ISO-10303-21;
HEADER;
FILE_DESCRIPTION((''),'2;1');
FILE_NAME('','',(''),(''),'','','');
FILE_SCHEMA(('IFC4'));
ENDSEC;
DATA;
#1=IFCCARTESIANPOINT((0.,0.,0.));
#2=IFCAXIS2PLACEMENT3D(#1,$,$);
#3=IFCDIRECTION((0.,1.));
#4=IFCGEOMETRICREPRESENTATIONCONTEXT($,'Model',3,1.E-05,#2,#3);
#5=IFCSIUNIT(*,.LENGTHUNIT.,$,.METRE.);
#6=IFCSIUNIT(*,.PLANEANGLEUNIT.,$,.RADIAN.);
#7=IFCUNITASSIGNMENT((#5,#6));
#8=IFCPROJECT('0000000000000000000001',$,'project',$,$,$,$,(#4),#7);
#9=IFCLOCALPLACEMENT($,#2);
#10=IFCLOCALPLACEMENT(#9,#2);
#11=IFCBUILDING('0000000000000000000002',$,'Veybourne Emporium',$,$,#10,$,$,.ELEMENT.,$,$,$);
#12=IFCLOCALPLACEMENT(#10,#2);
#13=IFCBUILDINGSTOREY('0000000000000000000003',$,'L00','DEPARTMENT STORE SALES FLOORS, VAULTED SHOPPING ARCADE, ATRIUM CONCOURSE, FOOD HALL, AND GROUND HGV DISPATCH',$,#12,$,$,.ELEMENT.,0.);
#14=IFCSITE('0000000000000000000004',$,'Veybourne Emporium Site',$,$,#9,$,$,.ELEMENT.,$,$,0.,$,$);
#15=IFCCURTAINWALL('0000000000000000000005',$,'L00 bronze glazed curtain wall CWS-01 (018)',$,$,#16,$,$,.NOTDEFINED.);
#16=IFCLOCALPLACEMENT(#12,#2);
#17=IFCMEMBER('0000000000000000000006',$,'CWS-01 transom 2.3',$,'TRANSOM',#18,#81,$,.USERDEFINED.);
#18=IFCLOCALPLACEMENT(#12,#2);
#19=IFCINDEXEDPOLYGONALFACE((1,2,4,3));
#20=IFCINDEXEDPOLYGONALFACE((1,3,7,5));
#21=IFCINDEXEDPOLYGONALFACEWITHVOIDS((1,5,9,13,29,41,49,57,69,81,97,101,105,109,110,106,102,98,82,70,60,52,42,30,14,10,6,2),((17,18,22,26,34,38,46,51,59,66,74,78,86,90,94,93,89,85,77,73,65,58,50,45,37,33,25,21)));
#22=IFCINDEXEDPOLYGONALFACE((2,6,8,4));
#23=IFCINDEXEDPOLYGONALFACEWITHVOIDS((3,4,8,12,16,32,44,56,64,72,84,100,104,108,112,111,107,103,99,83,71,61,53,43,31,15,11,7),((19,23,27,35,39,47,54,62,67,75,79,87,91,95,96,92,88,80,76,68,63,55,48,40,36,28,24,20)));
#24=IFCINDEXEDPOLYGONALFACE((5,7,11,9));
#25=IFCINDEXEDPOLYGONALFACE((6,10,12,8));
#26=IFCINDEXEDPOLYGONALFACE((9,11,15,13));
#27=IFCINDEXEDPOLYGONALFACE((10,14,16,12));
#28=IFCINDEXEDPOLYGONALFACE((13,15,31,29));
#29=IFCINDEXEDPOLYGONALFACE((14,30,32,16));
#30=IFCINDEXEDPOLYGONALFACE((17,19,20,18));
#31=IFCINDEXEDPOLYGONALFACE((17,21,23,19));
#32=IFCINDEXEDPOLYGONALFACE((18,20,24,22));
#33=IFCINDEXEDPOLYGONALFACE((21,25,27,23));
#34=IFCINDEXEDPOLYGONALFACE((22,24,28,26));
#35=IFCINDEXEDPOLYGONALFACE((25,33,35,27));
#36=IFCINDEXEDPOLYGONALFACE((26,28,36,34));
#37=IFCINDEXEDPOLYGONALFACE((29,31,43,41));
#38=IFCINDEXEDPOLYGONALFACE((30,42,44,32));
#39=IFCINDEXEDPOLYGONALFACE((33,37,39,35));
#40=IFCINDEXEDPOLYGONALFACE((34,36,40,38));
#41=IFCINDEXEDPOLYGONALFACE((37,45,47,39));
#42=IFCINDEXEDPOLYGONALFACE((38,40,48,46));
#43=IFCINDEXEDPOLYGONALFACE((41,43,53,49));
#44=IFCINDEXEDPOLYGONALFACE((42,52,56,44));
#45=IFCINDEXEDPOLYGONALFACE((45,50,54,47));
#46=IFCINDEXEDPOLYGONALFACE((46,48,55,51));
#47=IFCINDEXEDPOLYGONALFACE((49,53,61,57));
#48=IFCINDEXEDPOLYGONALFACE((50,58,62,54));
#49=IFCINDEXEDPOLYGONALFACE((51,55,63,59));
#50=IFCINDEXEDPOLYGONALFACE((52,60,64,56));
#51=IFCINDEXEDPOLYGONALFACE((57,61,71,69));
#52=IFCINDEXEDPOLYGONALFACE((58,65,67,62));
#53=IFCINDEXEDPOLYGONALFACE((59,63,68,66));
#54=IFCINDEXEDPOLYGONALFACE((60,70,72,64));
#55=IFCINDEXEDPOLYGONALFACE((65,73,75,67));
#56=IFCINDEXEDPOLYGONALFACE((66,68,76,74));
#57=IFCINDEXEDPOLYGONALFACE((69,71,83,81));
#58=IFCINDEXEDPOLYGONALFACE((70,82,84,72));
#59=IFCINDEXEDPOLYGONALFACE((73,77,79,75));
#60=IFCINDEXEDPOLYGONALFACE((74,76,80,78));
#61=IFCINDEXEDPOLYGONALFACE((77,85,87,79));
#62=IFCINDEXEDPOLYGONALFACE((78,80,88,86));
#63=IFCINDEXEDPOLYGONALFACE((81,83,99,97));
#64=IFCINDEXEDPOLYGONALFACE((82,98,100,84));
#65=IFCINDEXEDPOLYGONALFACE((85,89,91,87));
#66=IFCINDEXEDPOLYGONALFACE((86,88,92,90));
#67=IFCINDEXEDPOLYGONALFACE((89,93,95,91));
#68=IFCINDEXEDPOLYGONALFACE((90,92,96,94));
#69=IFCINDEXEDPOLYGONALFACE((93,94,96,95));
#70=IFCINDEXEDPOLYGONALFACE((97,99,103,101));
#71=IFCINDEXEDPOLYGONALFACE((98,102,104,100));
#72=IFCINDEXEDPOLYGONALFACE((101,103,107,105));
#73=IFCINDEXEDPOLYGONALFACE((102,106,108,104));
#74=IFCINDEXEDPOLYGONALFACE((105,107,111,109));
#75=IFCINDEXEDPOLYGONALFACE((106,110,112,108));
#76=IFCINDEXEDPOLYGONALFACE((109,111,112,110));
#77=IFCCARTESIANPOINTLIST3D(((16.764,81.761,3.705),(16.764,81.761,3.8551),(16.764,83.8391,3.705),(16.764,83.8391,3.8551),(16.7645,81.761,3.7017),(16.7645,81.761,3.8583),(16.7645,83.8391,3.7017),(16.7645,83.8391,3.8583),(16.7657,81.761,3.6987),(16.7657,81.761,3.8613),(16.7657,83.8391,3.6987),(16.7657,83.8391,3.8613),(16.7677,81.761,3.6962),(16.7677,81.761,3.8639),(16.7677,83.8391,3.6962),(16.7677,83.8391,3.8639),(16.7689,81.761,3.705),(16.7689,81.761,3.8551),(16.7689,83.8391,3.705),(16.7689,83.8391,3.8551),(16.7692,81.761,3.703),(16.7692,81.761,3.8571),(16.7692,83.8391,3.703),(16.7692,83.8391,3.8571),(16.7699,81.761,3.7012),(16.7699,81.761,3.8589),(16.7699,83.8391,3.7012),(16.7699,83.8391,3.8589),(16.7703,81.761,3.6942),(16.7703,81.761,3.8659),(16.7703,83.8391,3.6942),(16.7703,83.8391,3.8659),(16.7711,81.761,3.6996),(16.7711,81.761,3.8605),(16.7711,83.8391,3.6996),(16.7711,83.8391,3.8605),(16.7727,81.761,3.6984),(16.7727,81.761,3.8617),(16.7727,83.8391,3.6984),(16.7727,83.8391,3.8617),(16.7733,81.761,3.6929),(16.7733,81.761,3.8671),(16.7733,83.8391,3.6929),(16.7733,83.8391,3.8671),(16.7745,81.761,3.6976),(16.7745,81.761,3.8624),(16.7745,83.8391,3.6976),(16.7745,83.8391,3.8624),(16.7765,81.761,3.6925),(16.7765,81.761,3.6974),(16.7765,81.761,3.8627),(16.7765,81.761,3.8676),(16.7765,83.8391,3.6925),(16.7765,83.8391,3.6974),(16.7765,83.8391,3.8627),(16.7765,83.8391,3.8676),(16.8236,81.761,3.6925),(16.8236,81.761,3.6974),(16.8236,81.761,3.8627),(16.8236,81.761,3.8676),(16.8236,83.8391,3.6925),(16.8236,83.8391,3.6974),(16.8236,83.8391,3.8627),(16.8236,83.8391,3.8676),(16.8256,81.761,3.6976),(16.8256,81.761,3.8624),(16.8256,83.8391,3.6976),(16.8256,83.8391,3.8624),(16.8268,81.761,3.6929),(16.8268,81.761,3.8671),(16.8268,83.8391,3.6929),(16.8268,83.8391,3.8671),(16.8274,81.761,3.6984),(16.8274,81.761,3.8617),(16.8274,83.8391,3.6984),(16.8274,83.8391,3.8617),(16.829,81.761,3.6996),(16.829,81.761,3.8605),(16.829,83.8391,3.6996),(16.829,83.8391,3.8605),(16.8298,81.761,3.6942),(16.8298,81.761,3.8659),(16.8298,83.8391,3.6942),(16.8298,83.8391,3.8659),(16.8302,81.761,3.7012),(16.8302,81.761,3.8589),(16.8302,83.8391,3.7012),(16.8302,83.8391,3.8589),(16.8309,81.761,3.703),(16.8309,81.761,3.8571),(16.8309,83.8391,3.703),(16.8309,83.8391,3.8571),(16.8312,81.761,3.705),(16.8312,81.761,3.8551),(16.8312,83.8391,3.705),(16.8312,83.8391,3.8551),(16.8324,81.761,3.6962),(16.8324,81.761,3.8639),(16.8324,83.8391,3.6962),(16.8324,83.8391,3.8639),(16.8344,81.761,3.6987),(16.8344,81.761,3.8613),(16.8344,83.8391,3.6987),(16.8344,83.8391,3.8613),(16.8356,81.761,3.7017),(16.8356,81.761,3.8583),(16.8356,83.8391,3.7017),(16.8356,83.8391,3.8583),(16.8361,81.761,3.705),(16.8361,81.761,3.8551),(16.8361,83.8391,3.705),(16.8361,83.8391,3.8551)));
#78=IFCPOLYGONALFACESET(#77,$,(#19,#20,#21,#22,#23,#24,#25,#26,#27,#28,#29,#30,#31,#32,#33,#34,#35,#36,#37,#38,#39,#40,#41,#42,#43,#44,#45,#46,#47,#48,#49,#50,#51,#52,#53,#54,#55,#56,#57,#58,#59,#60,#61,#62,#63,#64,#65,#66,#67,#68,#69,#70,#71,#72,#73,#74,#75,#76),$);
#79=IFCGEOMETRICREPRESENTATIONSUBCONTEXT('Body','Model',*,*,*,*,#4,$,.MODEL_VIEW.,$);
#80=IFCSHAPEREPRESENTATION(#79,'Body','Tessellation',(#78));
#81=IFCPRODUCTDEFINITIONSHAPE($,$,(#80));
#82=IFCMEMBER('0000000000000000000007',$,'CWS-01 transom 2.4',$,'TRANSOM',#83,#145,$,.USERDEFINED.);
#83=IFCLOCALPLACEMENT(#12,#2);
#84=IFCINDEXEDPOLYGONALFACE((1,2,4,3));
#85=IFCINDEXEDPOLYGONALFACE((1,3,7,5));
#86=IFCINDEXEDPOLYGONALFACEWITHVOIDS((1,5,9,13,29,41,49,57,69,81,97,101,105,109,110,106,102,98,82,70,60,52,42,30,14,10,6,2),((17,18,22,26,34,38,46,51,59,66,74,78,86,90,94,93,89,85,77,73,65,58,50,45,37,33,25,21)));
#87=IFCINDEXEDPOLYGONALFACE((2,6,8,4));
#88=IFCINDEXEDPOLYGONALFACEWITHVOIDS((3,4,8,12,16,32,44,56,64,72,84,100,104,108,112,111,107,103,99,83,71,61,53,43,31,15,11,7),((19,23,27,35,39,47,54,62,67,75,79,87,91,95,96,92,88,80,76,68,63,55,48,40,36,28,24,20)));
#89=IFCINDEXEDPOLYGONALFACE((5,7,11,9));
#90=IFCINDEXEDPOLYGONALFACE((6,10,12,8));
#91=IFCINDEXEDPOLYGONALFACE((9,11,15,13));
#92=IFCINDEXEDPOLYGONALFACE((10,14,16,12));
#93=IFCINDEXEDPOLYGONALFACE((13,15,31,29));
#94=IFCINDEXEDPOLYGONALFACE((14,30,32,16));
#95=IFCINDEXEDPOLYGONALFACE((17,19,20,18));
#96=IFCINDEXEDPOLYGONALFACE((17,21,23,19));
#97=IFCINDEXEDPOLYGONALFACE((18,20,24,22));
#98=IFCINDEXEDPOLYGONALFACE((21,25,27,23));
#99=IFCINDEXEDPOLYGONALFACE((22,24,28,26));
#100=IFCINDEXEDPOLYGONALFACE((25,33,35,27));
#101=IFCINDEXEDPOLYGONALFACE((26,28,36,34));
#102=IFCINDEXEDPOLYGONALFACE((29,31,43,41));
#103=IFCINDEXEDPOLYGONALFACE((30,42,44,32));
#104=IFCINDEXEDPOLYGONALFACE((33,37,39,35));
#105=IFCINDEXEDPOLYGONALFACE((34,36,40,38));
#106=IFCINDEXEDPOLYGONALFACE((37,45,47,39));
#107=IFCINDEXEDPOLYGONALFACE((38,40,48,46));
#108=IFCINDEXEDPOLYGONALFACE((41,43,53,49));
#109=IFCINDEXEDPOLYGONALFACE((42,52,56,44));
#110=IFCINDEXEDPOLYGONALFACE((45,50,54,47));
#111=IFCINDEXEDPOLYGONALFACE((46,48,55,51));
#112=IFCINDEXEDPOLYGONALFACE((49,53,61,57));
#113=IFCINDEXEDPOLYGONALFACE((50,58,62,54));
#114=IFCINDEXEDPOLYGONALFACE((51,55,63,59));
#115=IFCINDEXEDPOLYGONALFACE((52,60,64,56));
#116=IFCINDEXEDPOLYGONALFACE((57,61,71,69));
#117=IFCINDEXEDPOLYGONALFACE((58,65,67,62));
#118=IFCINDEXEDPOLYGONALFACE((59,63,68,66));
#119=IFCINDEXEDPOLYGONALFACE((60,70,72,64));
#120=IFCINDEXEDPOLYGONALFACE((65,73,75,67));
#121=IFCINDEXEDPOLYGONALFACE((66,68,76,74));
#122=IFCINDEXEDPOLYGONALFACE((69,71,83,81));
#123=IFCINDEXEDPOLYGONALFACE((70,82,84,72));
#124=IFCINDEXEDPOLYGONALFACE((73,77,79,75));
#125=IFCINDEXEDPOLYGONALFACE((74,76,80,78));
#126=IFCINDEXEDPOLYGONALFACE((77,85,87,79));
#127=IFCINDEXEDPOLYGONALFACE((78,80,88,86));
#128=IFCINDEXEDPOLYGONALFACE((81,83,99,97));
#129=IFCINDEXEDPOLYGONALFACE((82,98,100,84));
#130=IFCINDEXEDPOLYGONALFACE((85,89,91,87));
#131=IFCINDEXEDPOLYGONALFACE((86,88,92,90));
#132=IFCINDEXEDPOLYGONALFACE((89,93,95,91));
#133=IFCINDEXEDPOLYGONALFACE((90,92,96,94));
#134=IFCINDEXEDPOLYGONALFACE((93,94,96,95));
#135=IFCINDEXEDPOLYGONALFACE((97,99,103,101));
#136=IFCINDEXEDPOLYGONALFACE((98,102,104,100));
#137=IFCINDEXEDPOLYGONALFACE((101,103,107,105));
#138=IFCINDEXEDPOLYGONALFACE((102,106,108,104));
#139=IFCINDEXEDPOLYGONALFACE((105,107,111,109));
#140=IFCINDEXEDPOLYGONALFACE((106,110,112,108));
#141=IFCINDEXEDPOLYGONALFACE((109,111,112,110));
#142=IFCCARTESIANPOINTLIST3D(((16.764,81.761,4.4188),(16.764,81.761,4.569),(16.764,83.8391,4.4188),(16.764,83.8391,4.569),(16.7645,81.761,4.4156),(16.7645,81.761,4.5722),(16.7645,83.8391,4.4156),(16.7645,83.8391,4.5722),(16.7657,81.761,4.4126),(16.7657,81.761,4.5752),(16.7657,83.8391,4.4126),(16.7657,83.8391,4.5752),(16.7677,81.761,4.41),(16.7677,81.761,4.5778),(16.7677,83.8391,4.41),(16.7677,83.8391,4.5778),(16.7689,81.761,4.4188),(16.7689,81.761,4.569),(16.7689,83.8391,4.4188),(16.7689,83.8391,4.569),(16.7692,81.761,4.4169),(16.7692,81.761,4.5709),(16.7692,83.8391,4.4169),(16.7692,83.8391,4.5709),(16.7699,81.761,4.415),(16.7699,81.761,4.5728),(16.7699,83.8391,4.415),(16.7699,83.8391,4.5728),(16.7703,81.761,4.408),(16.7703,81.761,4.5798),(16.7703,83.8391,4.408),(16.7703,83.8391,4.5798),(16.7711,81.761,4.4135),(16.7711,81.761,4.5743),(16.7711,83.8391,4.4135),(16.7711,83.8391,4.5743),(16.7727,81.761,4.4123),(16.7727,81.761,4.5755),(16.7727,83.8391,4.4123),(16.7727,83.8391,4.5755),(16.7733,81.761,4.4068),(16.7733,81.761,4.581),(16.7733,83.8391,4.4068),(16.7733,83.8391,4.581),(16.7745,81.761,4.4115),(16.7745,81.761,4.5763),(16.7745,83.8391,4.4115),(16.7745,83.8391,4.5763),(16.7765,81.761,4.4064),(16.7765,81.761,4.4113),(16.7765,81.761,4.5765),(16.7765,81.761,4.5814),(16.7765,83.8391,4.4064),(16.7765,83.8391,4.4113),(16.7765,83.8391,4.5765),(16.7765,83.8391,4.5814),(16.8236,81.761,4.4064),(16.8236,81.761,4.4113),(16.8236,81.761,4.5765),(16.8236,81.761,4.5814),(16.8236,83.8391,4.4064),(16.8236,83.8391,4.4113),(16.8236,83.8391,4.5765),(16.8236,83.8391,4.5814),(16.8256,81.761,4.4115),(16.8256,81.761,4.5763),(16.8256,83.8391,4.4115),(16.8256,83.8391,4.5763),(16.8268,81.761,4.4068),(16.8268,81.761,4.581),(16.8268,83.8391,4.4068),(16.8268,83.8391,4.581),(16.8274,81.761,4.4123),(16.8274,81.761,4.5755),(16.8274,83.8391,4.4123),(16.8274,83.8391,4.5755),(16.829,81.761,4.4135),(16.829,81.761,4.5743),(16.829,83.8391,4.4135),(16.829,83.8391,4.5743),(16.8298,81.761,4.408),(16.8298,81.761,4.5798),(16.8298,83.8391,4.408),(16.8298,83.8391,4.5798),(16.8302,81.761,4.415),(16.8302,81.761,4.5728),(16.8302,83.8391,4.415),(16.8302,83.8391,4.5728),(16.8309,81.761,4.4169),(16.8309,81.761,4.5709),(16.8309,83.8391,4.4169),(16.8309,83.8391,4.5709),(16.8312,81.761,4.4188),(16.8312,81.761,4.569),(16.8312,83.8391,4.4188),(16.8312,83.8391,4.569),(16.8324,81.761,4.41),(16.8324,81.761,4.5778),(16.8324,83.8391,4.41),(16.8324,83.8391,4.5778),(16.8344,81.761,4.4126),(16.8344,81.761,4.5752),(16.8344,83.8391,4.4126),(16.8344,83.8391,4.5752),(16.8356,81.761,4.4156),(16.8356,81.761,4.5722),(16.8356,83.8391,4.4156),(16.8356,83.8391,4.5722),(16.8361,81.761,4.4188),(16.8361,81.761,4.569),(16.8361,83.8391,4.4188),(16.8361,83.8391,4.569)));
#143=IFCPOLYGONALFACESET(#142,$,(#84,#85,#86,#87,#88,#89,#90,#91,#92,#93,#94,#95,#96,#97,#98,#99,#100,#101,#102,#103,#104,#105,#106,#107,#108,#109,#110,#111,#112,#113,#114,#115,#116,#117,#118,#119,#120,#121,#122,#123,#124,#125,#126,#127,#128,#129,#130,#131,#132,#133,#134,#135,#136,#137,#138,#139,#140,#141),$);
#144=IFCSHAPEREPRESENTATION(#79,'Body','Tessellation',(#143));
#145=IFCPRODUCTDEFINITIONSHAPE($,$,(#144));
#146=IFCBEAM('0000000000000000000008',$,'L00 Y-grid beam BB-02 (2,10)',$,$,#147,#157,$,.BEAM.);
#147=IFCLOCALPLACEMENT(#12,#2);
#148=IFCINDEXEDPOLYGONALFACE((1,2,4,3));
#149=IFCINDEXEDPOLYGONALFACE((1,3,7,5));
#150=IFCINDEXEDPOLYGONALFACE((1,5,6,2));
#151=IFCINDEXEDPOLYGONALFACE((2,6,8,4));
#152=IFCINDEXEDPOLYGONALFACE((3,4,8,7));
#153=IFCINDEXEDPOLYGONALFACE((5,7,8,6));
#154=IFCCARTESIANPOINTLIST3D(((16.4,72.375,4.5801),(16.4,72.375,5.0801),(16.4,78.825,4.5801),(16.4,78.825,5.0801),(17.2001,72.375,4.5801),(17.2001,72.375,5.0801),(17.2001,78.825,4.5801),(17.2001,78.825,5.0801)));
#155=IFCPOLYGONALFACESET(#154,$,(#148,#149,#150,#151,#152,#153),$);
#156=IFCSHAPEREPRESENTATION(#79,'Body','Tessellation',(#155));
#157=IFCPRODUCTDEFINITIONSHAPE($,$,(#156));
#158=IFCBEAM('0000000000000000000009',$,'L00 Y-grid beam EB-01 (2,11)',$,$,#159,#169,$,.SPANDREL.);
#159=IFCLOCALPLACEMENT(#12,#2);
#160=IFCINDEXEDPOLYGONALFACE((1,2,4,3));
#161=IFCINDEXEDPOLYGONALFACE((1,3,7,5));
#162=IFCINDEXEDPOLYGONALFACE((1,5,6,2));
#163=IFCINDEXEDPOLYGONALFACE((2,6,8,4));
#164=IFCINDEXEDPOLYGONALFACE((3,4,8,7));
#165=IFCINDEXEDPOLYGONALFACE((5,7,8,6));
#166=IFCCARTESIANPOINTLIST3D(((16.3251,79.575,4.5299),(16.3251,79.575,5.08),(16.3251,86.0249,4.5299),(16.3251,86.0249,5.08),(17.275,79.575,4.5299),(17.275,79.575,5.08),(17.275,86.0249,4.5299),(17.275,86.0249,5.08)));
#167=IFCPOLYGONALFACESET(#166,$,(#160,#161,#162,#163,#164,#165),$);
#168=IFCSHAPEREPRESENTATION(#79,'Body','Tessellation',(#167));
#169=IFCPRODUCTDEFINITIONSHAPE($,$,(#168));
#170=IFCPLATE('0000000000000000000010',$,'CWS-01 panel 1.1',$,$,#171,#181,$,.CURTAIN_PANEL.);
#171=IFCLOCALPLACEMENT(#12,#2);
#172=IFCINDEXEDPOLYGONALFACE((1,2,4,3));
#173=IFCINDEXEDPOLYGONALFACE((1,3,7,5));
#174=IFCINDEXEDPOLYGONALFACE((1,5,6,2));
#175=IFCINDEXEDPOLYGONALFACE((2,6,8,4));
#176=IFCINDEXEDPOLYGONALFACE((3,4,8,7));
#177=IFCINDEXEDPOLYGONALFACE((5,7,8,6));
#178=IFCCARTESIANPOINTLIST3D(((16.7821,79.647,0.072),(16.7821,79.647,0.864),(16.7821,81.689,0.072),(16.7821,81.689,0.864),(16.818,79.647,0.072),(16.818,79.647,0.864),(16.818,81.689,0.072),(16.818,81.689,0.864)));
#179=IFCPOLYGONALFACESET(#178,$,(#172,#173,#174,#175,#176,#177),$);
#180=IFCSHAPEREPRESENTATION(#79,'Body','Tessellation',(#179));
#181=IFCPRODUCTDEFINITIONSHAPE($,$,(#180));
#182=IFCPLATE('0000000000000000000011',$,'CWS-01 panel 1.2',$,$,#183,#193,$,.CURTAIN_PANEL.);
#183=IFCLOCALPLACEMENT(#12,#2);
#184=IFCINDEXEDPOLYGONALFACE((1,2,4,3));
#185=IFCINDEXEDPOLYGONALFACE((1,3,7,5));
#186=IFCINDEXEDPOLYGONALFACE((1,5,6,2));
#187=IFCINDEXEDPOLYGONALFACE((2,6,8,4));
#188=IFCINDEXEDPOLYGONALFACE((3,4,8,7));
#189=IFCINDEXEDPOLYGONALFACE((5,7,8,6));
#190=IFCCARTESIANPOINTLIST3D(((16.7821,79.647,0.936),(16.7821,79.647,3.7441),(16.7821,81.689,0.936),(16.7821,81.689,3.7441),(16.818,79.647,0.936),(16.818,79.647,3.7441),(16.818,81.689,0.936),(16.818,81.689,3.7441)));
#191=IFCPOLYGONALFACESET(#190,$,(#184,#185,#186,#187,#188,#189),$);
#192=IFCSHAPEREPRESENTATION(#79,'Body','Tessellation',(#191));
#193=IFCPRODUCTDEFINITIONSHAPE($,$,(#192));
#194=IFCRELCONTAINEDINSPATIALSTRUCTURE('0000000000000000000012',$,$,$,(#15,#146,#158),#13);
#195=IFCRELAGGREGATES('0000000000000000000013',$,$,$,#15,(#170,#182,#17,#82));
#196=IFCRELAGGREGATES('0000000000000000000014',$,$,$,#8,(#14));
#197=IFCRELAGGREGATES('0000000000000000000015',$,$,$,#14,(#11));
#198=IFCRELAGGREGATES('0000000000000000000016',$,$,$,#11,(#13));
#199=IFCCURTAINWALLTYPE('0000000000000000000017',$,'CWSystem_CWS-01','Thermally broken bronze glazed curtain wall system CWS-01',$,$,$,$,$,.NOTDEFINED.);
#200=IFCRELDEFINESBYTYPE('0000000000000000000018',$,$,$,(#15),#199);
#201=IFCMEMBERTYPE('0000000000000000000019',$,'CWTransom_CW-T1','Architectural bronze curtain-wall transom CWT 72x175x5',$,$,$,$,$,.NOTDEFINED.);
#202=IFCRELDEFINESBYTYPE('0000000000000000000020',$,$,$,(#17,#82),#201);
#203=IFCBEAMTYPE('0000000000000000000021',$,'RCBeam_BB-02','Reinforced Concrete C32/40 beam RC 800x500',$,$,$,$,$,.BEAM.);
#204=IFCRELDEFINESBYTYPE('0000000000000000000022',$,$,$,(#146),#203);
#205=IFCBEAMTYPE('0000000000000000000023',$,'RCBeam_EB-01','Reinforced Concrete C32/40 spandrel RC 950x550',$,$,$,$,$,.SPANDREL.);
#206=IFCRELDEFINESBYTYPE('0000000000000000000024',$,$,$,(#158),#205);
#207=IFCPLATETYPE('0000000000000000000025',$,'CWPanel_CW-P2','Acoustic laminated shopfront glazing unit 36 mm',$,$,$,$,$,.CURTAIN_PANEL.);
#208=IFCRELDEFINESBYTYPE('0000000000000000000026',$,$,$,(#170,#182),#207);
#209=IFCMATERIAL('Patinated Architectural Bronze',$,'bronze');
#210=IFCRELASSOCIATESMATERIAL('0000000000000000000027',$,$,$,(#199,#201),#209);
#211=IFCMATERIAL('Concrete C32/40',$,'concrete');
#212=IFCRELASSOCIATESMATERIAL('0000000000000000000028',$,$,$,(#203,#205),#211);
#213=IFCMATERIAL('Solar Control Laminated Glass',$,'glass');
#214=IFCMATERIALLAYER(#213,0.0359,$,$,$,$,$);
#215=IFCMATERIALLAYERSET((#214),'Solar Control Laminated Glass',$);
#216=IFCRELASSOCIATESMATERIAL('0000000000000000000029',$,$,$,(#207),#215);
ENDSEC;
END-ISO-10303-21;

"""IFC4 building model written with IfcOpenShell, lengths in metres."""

from ifc_helpers import new_model, si_unit, direction, frame, origin, origin_2d, place, context, subcontext, project, spatial, rectangle, hollow_rectangle, extrude, material, layer, layer_set, material_profile, profile_set, type_object, element, aggregate, save


model = new_model("IFC4")

# Units and contexts
model_context = context("Model", 3, precision=1e-05, world=origin(), true_north=direction((0.0, 1.0)))
body_context = subcontext(model_context, "Body", "Model", "MODEL_VIEW")
ifc_project = project(units=[si_unit("LENGTHUNIT", "METRE"), si_unit("PLANEANGLEUNIT", "RADIAN")], contexts=[model_context])

# Site, building, storey
site_placement = place(None, origin())
site = spatial("IfcSite", under=ifc_project, at=site_placement, Name="Veybourne Emporium Site", CompositionType="ELEMENT", RefElevation=0.0)
building_placement = place(site_placement, origin())
building = spatial("IfcBuilding", under=site, at=building_placement, Name="Veybourne Emporium", CompositionType="ELEMENT")
storey_placement = place(building_placement, origin())
storey = spatial("IfcBuildingStorey", under=building, at=storey_placement, Name="L00", Description="DEPARTMENT STORE SALES FLOORS, VAULTED SHOPPING ARCADE, ATRIUM CONCOURSE, FOOD HALL, AND GROUND HGV DISPATCH", CompositionType="ELEMENT", Elevation=0.0)

# Curtain wall, members
ifc_material_1 = material(Name="Patinated Architectural Bronze", Category="bronze")
curtain_wall_type = type_object("IfcCurtainWallType", Name="CWSystem_CWS-01", Description="Thermally broken bronze glazed curtain wall system CWS-01", PredefinedType="NOTDEFINED", material=ifc_material_1)
curtain_wall_placement = place(storey_placement, origin())
curtain_wall = element("IfcCurtainWall", 1, at=curtain_wall_placement, inside=storey, type_object=curtain_wall_type, Name="L00 bronze glazed curtain wall CWS-01 (018)", PredefinedType="NOTDEFINED")
ifc_material_profile_1 = material_profile(ifc_material_1, hollow_rectangle(XDim=0.072, YDim=0.175, WallThickness=0.0049, InnerFilletRadius=0.0076, OuterFilletRadius=0.0125, at=origin_2d()), Name="CWT 72x175x5")
ifc_profile_set_1 = profile_set([ifc_material_profile_1], Name="Patinated Architectural Bronze")
member_type_1 = type_object("IfcMemberType", Name="CWTransom_CW-T1", Description="Architectural bronze curtain-wall transom CWT 72x175x5", PredefinedType="NOTDEFINED", material=ifc_profile_set_1)
member_1_placement = place(storey_placement, frame((16.8, 81.761, 3.78), z_axis=(0.0, 1.0, 0.0), x_axis=(-1.0, 0.0, 0.0)))
member_1 = element("IfcMember", 2, at=member_1_placement, type_object=member_type_1, Name="CWS-01 transom 2.3", ObjectType="TRANSOM", PredefinedType="USERDEFINED", context=body_context, shape_type="SweptSolid", body=[
    extrude(hollow_rectangle(XDim=0.072, YDim=0.175, WallThickness=0.0049, InnerFilletRadius=0.0076, OuterFilletRadius=0.0125, at=origin_2d()), origin(), (0.0, 0.0, 1.0), 2.0781),
])
member_2_placement = place(storey_placement, frame((16.8, 81.761, 4.4939), z_axis=(0.0, 1.0, 0.0), x_axis=(-1.0, 0.0, 0.0)))
member_2 = element("IfcMember", 3, at=member_2_placement, type_object=member_type_1, Name="CWS-01 transom 2.4", ObjectType="TRANSOM", PredefinedType="USERDEFINED", context=body_context, shape_type="SweptSolid", body=[
    extrude(hollow_rectangle(XDim=0.072, YDim=0.175, WallThickness=0.0049, InnerFilletRadius=0.0076, OuterFilletRadius=0.0125, at=origin_2d()), origin(), (0.0, 0.0, 1.0), 2.0781),
])

# Beams
ifc_material_2 = material(Name="Concrete C32/40", Category="concrete")
ifc_material_profile_2 = material_profile(ifc_material_2, rectangle(XDim=0.8, YDim=0.5, at=origin_2d()), Name="RC 800x500")
ifc_profile_set_2 = profile_set([ifc_material_profile_2], Name="Concrete C32/40")
beam_type_1 = type_object("IfcBeamType", Name="RCBeam_BB-02", Description="Reinforced Concrete C32/40 beam RC 800x500", PredefinedType="BEAM", material=ifc_profile_set_2)
beam_1_placement = place(storey_placement, frame((16.8, 72.375, 4.8301), z_axis=(0.0, 1.0, 0.0), x_axis=(-1.0, 0.0, 0.0)))
element("IfcBeam", 4, at=beam_1_placement, inside=storey, type_object=beam_type_1, Name="L00 Y-grid beam BB-02 (2,10)", PredefinedType="BEAM", context=body_context, shape_type="SweptSolid", body=[
    extrude(rectangle(XDim=0.8, YDim=0.5, at=origin_2d()), origin(), (0.0, 0.0, 1.0), 6.45),
])
ifc_material_profile_3 = material_profile(ifc_material_2, rectangle(XDim=0.95, YDim=0.55, at=origin_2d()), Name="RC 950x550")
ifc_profile_set_3 = profile_set([ifc_material_profile_3], Name="Concrete C32/40")
beam_type_2 = type_object("IfcBeamType", Name="RCBeam_EB-01", Description="Reinforced Concrete C32/40 spandrel RC 950x550", PredefinedType="SPANDREL", material=ifc_profile_set_3)
beam_2_placement = place(storey_placement, frame((16.8, 79.575, 4.8049), z_axis=(0.0, 1.0, 0.0), x_axis=(-1.0, 0.0, 0.0)))
element("IfcBeam", 5, at=beam_2_placement, inside=storey, type_object=beam_type_2, Name="L00 Y-grid beam EB-01 (2,11)", PredefinedType="SPANDREL", context=body_context, shape_type="SweptSolid", body=[
    extrude(rectangle(XDim=0.95, YDim=0.55, at=origin_2d()), origin(), (0.0, 0.0, 1.0), 6.45),
])

# Plates
ifc_material_3 = material(Name="Solar Control Laminated Glass", Category="glass")
ifc_layer = layer(ifc_material_3, 0.0359)
ifc_layer_set = layer_set([ifc_layer], Name="Solar Control Laminated Glass")
plate_type = type_object("IfcPlateType", Name="CWPanel_CW-P2", Description="Acoustic laminated shopfront glazing unit 36 mm", PredefinedType="CURTAIN_PANEL", material=ifc_layer_set)
plate_1_placement = place(storey_placement, frame((16.8, 80.668, 0.072), z_axis=(0.0, 0.0, 1.0), x_axis=(0.0, 1.0, 0.0)))
plate_1 = element("IfcPlate", 6, at=plate_1_placement, type_object=plate_type, Name="CWS-01 panel 1.1", PredefinedType="CURTAIN_PANEL", context=body_context, shape_type="SweptSolid", body=[
    extrude(rectangle(XDim=2.042, YDim=0.0359, at=origin_2d()), origin(), (0.0, 0.0, 1.0), 0.792),
])
plate_2_placement = place(storey_placement, frame((16.8, 80.668, 0.936), z_axis=(0.0, 0.0, 1.0), x_axis=(0.0, 1.0, 0.0)))
plate_2 = element("IfcPlate", 7, at=plate_2_placement, type_object=plate_type, Name="CWS-01 panel 1.2", PredefinedType="CURTAIN_PANEL", context=body_context, shape_type="SweptSolid", body=[
    extrude(rectangle(XDim=2.042, YDim=0.0359, at=origin_2d()), origin(), (0.0, 0.0, 1.0), 2.8081),
])
aggregate(curtain_wall, [plate_1, plate_2, member_1, member_2])

save(model, "model.ifc")
